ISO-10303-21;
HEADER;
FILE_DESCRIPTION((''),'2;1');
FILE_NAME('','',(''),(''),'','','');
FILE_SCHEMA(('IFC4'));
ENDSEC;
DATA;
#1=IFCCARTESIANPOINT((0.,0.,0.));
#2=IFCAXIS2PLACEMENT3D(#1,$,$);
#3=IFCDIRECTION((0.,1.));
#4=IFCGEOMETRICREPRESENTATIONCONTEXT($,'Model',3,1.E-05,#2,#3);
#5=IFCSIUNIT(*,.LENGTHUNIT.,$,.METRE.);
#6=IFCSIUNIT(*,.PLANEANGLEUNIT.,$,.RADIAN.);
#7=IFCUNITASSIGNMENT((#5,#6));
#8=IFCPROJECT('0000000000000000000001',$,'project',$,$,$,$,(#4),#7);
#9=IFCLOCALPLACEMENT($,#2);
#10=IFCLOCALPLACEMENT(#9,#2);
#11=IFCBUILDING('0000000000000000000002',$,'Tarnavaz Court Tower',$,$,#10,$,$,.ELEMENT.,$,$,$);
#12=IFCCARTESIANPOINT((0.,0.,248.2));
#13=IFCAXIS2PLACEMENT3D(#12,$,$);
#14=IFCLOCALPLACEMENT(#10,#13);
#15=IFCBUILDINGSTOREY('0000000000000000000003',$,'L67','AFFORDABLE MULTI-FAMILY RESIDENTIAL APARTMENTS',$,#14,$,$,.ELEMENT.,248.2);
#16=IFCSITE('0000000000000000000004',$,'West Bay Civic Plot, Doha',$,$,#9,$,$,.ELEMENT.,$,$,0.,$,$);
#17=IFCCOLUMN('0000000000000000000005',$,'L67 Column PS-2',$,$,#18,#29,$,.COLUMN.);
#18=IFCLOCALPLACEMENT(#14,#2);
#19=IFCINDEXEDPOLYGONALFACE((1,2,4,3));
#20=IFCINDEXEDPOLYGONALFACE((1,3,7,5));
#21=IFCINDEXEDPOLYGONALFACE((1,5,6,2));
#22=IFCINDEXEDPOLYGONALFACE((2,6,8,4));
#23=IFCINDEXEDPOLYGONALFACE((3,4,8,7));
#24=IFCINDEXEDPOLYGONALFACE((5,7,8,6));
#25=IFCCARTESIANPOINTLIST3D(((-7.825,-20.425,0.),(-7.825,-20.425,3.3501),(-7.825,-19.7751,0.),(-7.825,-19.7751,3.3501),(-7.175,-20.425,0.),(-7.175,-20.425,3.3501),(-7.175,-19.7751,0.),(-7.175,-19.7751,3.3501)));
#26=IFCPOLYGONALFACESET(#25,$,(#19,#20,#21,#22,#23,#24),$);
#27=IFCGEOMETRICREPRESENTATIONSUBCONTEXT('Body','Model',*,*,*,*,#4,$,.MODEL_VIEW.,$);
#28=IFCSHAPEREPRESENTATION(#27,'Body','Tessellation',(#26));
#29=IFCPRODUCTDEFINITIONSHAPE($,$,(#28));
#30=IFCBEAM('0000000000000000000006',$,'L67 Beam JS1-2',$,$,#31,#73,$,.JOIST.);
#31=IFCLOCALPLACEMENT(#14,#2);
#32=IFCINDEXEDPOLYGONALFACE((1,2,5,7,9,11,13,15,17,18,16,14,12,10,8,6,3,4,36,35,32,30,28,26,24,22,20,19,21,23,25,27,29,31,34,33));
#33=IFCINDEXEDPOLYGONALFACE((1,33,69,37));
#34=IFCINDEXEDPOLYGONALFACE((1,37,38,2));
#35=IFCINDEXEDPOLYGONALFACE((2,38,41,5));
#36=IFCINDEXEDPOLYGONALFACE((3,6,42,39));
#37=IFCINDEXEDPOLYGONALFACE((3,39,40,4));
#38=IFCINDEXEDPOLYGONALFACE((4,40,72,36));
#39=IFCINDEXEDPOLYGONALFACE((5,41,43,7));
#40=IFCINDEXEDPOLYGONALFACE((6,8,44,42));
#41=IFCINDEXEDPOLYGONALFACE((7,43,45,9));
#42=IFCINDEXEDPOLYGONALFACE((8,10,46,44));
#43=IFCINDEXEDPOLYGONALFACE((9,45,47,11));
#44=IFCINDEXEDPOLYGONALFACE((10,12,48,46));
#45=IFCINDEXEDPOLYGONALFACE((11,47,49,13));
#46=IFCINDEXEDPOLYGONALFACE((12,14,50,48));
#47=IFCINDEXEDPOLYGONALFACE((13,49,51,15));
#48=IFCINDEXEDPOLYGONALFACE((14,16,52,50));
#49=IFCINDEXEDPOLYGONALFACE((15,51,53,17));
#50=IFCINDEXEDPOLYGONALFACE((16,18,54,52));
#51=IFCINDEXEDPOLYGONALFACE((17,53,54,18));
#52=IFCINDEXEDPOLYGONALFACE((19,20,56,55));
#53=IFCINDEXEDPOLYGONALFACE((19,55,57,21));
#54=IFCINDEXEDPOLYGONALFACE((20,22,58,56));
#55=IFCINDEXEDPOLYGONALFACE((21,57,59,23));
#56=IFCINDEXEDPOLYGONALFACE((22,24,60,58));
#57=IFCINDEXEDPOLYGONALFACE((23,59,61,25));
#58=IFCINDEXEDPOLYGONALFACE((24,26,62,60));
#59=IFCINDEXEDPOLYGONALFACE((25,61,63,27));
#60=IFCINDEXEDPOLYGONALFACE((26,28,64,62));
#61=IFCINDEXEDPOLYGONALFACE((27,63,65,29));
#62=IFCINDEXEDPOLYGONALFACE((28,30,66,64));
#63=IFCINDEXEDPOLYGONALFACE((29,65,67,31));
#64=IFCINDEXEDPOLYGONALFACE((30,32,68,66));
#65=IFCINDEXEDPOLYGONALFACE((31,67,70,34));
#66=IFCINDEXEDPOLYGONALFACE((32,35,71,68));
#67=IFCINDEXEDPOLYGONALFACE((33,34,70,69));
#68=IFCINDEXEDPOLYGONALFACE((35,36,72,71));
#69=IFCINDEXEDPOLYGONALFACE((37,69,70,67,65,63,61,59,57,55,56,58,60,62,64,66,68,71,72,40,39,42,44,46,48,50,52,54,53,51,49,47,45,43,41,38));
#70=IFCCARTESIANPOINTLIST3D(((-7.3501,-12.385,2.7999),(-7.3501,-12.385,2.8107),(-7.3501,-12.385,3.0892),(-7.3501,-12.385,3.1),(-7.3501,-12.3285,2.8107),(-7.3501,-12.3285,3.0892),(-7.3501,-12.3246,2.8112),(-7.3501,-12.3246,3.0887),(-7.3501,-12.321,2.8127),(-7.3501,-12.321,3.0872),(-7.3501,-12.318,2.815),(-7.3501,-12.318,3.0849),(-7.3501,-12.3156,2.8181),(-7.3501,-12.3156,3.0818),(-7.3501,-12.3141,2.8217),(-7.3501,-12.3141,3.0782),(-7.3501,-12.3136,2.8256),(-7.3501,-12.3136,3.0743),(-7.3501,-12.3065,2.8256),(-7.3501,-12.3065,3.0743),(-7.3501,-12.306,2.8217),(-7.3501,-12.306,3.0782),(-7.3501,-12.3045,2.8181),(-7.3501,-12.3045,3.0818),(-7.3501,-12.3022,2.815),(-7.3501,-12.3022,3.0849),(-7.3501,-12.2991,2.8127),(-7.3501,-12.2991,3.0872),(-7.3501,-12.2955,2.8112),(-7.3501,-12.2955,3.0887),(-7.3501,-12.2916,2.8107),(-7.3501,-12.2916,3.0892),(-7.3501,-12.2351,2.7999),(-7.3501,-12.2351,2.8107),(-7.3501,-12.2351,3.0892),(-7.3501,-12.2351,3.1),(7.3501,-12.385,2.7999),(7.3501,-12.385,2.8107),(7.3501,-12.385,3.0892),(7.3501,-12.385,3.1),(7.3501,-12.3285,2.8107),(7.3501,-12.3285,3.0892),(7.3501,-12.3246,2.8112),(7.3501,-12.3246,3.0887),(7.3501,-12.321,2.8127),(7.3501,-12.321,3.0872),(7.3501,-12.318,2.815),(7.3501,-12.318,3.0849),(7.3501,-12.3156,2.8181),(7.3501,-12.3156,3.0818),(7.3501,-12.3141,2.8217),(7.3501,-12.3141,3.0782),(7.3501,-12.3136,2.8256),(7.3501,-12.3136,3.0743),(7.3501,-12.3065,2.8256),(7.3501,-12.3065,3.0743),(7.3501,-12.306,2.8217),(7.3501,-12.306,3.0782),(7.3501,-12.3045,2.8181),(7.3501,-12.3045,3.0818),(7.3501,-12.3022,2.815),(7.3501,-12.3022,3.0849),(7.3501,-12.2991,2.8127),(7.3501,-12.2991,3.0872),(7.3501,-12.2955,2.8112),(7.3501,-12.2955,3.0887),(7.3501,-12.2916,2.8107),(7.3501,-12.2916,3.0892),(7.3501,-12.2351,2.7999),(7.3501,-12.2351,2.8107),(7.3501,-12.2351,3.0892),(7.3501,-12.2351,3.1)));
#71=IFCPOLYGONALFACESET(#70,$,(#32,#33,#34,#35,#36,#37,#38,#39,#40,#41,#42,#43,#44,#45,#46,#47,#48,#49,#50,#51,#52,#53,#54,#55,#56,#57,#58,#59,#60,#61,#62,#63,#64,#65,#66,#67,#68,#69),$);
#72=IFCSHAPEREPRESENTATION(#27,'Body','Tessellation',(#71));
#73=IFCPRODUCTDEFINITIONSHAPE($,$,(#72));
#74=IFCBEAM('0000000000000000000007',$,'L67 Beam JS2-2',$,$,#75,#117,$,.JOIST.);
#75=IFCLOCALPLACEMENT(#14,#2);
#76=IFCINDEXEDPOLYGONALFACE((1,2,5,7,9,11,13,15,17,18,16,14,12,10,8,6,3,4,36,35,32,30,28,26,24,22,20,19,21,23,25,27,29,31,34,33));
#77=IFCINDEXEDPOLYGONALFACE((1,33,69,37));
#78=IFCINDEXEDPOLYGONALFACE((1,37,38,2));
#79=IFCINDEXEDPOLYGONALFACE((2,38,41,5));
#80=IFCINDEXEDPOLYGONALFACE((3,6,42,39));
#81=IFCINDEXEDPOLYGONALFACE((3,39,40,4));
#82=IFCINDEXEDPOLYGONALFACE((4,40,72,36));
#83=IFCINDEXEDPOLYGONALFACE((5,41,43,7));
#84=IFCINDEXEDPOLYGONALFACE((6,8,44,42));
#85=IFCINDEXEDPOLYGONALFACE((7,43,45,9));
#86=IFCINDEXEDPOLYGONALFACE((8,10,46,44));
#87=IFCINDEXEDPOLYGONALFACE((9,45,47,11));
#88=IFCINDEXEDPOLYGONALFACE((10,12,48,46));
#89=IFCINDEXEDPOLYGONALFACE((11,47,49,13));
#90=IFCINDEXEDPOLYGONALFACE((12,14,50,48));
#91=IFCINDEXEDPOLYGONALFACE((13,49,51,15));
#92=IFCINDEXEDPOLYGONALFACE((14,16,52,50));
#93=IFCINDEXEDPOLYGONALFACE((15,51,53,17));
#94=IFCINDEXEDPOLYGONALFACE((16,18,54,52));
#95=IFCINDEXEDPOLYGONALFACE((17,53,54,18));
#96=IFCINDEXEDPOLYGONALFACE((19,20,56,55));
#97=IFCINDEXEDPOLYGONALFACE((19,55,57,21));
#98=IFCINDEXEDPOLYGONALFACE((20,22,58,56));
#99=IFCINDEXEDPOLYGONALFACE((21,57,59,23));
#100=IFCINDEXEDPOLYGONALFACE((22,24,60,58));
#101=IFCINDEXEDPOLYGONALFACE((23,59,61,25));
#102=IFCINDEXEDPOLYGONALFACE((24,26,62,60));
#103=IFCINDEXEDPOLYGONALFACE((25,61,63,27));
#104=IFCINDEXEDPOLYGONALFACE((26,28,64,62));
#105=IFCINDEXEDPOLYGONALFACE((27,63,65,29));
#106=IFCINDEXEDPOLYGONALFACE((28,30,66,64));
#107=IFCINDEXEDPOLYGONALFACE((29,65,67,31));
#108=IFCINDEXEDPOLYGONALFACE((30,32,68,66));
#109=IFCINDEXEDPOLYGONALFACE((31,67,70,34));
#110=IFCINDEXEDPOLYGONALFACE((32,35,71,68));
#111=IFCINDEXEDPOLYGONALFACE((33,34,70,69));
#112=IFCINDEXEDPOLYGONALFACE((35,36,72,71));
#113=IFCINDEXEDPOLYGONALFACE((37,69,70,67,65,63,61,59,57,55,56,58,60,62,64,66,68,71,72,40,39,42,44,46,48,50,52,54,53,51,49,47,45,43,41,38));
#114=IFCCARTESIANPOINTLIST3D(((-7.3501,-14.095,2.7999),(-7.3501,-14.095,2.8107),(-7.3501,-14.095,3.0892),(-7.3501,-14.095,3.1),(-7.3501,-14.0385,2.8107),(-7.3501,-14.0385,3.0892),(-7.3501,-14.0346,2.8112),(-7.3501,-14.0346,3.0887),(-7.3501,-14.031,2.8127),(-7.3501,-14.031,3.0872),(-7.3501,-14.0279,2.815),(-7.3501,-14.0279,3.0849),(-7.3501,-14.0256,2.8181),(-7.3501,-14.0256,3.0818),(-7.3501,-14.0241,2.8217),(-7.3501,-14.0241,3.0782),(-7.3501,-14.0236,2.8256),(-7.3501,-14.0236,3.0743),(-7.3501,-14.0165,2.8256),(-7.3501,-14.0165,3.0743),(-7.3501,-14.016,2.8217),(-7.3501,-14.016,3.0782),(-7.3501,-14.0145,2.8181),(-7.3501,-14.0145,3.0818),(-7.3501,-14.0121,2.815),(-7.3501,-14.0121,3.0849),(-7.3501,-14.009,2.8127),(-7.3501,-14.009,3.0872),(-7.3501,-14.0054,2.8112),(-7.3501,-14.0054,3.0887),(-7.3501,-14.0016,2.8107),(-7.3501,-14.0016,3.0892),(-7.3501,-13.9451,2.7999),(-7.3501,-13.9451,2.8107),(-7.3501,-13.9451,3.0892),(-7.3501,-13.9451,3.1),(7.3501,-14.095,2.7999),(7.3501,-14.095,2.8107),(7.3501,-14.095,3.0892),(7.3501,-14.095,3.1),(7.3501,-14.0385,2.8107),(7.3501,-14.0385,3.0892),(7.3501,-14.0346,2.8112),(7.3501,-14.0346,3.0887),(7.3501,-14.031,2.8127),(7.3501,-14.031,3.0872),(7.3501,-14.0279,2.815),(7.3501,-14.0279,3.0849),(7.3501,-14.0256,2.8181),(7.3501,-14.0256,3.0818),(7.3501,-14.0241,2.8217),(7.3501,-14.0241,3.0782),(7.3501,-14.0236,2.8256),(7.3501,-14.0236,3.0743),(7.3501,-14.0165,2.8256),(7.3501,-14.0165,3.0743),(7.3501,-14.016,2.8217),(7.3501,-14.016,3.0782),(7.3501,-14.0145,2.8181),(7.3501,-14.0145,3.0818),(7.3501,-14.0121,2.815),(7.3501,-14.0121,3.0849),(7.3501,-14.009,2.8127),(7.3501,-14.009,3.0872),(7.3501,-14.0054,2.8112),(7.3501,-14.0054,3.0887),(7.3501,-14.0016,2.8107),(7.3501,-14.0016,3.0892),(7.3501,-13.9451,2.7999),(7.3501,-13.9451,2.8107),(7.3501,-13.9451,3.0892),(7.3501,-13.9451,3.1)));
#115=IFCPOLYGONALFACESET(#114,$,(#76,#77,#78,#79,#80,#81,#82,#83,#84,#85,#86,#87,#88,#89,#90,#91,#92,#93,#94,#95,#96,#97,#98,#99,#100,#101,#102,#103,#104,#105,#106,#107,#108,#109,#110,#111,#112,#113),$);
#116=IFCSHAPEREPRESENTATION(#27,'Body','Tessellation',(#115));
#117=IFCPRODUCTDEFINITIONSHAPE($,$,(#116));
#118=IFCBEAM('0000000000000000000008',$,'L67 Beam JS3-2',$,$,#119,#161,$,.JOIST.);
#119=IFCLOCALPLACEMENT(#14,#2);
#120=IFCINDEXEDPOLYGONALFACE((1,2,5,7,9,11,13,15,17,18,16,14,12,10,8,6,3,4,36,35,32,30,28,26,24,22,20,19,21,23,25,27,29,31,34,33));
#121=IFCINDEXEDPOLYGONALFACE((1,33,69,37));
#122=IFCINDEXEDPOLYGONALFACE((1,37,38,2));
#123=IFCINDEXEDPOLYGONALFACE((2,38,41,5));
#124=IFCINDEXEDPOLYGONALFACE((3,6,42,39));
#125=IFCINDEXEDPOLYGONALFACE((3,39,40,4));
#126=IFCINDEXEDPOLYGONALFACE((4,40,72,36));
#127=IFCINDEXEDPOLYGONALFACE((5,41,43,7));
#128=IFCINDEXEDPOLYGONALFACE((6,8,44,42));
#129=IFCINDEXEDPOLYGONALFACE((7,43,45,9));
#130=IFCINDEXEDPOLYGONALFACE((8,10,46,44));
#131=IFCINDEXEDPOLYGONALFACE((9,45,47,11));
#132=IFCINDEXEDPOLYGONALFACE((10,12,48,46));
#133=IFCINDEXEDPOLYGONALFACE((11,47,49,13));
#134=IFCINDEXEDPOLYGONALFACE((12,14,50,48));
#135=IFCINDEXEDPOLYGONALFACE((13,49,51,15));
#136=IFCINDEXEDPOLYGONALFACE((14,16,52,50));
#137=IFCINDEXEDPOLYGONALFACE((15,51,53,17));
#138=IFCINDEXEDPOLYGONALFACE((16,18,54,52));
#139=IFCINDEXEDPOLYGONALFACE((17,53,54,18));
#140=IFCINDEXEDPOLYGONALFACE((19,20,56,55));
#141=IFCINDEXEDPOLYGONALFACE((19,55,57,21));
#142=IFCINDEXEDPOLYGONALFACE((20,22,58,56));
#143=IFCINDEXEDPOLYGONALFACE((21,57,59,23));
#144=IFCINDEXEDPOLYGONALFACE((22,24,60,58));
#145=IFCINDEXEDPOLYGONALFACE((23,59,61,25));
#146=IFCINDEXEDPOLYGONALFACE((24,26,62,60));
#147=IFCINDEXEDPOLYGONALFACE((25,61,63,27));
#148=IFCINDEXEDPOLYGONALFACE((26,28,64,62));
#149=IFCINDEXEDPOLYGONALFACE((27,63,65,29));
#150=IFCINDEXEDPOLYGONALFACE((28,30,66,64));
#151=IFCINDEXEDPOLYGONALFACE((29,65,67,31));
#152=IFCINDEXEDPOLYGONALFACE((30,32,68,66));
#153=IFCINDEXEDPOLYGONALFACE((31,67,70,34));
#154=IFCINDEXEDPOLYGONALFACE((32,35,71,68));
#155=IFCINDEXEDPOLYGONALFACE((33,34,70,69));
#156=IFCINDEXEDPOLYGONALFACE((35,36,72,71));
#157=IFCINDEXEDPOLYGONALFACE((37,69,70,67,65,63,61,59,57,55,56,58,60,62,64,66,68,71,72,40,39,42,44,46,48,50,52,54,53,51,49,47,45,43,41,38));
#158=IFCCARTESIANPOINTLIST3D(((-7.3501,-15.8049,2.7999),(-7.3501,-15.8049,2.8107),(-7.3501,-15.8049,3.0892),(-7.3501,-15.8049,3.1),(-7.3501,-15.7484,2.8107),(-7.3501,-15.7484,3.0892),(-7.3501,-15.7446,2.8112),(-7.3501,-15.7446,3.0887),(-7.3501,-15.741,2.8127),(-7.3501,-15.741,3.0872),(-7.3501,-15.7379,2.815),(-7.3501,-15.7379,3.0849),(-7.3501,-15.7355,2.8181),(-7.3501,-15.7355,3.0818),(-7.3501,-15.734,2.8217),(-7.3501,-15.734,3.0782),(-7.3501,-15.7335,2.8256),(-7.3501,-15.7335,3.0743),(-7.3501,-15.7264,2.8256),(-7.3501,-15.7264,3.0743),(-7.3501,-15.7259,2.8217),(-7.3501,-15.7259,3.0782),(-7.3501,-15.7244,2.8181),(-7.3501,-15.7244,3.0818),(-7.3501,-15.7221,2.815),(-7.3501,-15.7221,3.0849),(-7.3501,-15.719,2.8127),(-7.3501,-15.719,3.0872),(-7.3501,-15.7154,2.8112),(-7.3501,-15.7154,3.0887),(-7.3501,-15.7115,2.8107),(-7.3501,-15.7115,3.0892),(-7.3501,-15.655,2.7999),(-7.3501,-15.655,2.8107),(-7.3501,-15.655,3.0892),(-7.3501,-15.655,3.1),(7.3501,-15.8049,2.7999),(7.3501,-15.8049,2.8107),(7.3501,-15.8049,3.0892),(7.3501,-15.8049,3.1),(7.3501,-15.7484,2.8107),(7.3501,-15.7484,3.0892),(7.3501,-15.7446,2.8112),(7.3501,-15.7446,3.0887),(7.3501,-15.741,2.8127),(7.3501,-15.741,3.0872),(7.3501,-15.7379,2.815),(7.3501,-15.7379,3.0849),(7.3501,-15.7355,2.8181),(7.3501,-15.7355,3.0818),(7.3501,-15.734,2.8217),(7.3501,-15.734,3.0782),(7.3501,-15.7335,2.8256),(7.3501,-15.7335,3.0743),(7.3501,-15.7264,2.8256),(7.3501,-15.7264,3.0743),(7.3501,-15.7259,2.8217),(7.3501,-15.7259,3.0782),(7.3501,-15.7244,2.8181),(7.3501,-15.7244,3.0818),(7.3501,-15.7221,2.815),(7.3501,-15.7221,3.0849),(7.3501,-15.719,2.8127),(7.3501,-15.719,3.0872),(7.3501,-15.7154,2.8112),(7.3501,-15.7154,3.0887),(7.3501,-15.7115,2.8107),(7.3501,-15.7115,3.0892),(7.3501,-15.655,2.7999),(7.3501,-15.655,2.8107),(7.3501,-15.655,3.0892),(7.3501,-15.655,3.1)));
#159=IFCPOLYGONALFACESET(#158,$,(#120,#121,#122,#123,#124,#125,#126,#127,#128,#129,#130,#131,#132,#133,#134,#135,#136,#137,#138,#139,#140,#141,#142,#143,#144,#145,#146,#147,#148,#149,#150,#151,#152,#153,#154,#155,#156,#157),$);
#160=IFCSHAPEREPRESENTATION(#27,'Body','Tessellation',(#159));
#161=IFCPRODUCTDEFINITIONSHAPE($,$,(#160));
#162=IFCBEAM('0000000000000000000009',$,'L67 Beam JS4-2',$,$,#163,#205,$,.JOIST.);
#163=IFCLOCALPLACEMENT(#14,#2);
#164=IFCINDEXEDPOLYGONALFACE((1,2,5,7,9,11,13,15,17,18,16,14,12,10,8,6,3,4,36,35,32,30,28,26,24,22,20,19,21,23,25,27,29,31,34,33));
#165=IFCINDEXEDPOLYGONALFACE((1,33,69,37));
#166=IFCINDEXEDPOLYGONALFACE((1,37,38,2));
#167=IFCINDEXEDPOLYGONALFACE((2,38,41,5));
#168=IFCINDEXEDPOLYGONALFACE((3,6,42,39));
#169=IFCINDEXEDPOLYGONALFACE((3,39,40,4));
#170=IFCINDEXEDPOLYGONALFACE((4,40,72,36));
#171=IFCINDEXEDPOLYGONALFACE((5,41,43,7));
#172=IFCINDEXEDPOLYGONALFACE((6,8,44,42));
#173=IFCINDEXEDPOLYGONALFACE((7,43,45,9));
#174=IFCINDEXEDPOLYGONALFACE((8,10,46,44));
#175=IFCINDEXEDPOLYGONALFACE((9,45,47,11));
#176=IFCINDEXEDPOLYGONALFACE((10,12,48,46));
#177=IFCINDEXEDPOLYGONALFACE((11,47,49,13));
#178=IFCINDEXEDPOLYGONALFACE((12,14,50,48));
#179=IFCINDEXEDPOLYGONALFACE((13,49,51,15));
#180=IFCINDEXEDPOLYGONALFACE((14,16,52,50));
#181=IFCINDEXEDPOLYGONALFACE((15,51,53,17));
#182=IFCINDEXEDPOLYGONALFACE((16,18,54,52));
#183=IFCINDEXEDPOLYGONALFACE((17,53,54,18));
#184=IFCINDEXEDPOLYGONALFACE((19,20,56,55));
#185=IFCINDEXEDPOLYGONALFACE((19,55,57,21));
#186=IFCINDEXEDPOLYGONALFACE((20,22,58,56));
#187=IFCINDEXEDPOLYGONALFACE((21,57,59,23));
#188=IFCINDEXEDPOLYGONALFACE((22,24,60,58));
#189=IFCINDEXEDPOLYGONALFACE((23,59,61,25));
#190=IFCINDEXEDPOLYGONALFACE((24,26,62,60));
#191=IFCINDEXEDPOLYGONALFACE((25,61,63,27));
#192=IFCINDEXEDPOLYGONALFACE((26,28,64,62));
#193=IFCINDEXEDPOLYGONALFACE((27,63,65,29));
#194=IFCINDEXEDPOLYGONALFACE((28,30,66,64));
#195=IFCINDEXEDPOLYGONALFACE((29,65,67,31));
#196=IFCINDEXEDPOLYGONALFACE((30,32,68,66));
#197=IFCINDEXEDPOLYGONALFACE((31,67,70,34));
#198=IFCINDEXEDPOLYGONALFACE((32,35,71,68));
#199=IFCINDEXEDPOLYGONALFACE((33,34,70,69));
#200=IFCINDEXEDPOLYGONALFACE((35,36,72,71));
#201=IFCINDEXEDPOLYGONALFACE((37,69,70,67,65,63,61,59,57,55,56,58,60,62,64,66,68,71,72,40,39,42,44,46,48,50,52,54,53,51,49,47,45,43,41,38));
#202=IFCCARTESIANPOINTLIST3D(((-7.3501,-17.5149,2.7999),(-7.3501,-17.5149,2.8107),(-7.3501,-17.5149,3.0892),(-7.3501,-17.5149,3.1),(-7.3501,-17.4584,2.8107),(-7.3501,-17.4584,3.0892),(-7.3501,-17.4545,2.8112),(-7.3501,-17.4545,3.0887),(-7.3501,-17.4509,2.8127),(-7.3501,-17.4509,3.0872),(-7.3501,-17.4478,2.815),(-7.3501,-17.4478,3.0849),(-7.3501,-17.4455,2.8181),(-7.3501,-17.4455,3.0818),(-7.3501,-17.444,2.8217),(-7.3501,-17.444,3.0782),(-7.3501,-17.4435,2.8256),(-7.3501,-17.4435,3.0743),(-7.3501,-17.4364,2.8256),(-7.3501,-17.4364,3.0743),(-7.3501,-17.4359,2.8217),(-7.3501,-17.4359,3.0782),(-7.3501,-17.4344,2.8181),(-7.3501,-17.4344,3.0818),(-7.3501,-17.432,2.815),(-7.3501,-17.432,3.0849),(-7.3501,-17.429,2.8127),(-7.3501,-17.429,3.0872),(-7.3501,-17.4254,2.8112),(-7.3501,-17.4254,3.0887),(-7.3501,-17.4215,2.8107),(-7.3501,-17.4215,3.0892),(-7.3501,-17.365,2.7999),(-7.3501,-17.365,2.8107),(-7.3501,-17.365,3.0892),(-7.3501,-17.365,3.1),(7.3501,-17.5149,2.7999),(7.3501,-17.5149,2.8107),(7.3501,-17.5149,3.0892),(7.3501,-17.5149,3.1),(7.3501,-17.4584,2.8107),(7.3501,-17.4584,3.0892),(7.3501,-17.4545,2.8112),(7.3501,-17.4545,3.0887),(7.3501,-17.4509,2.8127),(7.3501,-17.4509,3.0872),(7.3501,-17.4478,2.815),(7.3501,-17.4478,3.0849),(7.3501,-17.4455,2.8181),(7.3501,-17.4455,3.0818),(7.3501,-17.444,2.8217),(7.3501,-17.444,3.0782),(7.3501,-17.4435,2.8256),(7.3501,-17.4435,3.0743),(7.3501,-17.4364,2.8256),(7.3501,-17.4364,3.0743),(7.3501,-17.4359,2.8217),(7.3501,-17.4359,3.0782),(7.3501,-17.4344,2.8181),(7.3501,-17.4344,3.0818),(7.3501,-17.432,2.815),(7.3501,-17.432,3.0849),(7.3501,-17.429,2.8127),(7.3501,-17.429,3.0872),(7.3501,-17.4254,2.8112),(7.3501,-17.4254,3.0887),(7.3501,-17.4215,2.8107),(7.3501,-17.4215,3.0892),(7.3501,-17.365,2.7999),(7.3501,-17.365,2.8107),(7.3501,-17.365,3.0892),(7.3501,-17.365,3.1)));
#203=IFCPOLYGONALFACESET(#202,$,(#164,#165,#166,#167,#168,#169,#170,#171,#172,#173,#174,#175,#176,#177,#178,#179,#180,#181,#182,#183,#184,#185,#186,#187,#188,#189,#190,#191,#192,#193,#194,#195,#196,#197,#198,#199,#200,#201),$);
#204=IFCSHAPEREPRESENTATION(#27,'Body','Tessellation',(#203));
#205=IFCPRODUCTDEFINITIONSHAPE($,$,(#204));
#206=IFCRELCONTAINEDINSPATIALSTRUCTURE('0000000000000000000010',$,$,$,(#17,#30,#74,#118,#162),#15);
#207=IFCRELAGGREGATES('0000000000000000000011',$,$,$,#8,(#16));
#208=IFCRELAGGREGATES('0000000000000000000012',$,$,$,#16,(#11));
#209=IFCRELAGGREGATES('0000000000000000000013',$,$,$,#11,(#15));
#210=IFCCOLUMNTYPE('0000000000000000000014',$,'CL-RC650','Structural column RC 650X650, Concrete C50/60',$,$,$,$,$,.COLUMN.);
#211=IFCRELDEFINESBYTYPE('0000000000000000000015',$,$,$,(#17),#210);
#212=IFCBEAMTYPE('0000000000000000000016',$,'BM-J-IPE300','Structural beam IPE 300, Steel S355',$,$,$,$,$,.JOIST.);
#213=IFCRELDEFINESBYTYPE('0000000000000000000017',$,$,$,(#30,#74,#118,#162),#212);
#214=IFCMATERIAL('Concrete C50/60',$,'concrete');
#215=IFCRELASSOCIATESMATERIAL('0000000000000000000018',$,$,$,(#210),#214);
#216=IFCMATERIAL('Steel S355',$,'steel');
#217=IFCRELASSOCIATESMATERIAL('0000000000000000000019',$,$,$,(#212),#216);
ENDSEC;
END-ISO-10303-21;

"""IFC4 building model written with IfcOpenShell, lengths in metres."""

from ifc_helpers import new_model, si_unit, direction, frame, origin, origin_2d, place, context, subcontext, project, spatial, rectangle, i_section, extrude, material, material_profile, profile_set, type_object, element, save


model = new_model("IFC4")

# Units and contexts
model_context = context("Model", 3, precision=1e-05, world=origin(), true_north=direction((0.0, 1.0)))
body_context = subcontext(model_context, "Body", "Model", "MODEL_VIEW")
ifc_project = project(units=[si_unit("LENGTHUNIT", "METRE"), si_unit("PLANEANGLEUNIT", "RADIAN")], contexts=[model_context])

# Site, building, storey
site_placement = place(None, origin())
site = spatial("IfcSite", under=ifc_project, at=site_placement, Name="West Bay Civic Plot, Doha", CompositionType="ELEMENT", RefElevation=0.0)
building_placement = place(site_placement, origin())
building = spatial("IfcBuilding", under=site, at=building_placement, Name="Tarnavaz Court Tower", CompositionType="ELEMENT")
storey_placement = place(building_placement, frame((0.0, 0.0, 248.2)))
storey = spatial("IfcBuildingStorey", under=building, at=storey_placement, Name="L67", Description="AFFORDABLE MULTI-FAMILY RESIDENTIAL APARTMENTS", CompositionType="ELEMENT", Elevation=248.2)

# Column
ifc_material_1 = material(Name="Concrete C50/60", Category="concrete")
ifc_material_profile_1 = material_profile(ifc_material_1, rectangle(XDim=0.6499, YDim=0.6499, at=origin_2d()), Name="RC 650X650")
ifc_profile_set_1 = profile_set([ifc_material_profile_1], Name="Concrete C50/60")
column_type = type_object("IfcColumnType", Name="CL-RC650", Description="Structural column RC 650X650, Concrete C50/60", PredefinedType="COLUMN", material=ifc_profile_set_1)
column_placement = place(storey_placement, frame((-7.5, -20.1001, 0.0), z_axis=(0.0, 0.0, 1.0), x_axis=(1.0, 0.0, 0.0)))
element("IfcColumn", 1, at=column_placement, inside=storey, type_object=column_type, Name="L67 Column PS-2", PredefinedType="COLUMN", context=body_context, shape_type="SweptSolid", body=[
    extrude(rectangle(XDim=0.6499, YDim=0.6499, at=origin_2d()), origin(), (0.0, 0.0, 1.0), 3.3501),
])

# Beams
ifc_material_2 = material(Name="Steel S355", Category="steel")
ifc_material_profile_2 = material_profile(ifc_material_2, i_section(OverallWidth=0.1499, OverallDepth=0.3, WebThickness=0.0071, FlangeThickness=0.0107, FilletRadius=0.0149, at=origin_2d()), Name="IPE 300")
ifc_profile_set_2 = profile_set([ifc_material_profile_2], Name="Steel S355")
beam_type_1 = type_object("IfcBeamType", Name="BM-J-IPE300", Description="Structural beam IPE 300, Steel S355", PredefinedType="JOIST", material=ifc_profile_set_2)
for number, where, z_axis, x_axis, name in (
    (2, (-7.3501, -12.3101, 2.95), (1.0, 0.0, 0.0), (0.0, 1.0, 0.0), "L67 Beam JS1-2"),
    (3, (-7.3501, -14.02, 2.95), (1.0, 0.0, 0.0), (0.0, 1.0, 0.0), "L67 Beam JS2-2"),
    (4, (-7.3501, -15.73, 2.95), (1.0, 0.0, 0.0), (0.0, 1.0, 0.0), "L67 Beam JS3-2"),
    (5, (-7.3501, -17.4399, 2.95), (1.0, 0.0, 0.0), (0.0, 1.0, 0.0), "L67 Beam JS4-2"),
):
    element("IfcBeam", number, at=place(storey_placement, frame(where, z_axis=z_axis, x_axis=x_axis)), inside=storey, type_object=beam_type_1, Name=name, PredefinedType="JOIST", context=body_context, shape_type="SweptSolid", body=[
        extrude(i_section(OverallWidth=0.1499, OverallDepth=0.3, WebThickness=0.0071, FlangeThickness=0.0107, FilletRadius=0.0149, at=origin_2d()), origin(), (0.0, 0.0, 1.0), 14.7002),
    ])

save(model, "model.ifc")
